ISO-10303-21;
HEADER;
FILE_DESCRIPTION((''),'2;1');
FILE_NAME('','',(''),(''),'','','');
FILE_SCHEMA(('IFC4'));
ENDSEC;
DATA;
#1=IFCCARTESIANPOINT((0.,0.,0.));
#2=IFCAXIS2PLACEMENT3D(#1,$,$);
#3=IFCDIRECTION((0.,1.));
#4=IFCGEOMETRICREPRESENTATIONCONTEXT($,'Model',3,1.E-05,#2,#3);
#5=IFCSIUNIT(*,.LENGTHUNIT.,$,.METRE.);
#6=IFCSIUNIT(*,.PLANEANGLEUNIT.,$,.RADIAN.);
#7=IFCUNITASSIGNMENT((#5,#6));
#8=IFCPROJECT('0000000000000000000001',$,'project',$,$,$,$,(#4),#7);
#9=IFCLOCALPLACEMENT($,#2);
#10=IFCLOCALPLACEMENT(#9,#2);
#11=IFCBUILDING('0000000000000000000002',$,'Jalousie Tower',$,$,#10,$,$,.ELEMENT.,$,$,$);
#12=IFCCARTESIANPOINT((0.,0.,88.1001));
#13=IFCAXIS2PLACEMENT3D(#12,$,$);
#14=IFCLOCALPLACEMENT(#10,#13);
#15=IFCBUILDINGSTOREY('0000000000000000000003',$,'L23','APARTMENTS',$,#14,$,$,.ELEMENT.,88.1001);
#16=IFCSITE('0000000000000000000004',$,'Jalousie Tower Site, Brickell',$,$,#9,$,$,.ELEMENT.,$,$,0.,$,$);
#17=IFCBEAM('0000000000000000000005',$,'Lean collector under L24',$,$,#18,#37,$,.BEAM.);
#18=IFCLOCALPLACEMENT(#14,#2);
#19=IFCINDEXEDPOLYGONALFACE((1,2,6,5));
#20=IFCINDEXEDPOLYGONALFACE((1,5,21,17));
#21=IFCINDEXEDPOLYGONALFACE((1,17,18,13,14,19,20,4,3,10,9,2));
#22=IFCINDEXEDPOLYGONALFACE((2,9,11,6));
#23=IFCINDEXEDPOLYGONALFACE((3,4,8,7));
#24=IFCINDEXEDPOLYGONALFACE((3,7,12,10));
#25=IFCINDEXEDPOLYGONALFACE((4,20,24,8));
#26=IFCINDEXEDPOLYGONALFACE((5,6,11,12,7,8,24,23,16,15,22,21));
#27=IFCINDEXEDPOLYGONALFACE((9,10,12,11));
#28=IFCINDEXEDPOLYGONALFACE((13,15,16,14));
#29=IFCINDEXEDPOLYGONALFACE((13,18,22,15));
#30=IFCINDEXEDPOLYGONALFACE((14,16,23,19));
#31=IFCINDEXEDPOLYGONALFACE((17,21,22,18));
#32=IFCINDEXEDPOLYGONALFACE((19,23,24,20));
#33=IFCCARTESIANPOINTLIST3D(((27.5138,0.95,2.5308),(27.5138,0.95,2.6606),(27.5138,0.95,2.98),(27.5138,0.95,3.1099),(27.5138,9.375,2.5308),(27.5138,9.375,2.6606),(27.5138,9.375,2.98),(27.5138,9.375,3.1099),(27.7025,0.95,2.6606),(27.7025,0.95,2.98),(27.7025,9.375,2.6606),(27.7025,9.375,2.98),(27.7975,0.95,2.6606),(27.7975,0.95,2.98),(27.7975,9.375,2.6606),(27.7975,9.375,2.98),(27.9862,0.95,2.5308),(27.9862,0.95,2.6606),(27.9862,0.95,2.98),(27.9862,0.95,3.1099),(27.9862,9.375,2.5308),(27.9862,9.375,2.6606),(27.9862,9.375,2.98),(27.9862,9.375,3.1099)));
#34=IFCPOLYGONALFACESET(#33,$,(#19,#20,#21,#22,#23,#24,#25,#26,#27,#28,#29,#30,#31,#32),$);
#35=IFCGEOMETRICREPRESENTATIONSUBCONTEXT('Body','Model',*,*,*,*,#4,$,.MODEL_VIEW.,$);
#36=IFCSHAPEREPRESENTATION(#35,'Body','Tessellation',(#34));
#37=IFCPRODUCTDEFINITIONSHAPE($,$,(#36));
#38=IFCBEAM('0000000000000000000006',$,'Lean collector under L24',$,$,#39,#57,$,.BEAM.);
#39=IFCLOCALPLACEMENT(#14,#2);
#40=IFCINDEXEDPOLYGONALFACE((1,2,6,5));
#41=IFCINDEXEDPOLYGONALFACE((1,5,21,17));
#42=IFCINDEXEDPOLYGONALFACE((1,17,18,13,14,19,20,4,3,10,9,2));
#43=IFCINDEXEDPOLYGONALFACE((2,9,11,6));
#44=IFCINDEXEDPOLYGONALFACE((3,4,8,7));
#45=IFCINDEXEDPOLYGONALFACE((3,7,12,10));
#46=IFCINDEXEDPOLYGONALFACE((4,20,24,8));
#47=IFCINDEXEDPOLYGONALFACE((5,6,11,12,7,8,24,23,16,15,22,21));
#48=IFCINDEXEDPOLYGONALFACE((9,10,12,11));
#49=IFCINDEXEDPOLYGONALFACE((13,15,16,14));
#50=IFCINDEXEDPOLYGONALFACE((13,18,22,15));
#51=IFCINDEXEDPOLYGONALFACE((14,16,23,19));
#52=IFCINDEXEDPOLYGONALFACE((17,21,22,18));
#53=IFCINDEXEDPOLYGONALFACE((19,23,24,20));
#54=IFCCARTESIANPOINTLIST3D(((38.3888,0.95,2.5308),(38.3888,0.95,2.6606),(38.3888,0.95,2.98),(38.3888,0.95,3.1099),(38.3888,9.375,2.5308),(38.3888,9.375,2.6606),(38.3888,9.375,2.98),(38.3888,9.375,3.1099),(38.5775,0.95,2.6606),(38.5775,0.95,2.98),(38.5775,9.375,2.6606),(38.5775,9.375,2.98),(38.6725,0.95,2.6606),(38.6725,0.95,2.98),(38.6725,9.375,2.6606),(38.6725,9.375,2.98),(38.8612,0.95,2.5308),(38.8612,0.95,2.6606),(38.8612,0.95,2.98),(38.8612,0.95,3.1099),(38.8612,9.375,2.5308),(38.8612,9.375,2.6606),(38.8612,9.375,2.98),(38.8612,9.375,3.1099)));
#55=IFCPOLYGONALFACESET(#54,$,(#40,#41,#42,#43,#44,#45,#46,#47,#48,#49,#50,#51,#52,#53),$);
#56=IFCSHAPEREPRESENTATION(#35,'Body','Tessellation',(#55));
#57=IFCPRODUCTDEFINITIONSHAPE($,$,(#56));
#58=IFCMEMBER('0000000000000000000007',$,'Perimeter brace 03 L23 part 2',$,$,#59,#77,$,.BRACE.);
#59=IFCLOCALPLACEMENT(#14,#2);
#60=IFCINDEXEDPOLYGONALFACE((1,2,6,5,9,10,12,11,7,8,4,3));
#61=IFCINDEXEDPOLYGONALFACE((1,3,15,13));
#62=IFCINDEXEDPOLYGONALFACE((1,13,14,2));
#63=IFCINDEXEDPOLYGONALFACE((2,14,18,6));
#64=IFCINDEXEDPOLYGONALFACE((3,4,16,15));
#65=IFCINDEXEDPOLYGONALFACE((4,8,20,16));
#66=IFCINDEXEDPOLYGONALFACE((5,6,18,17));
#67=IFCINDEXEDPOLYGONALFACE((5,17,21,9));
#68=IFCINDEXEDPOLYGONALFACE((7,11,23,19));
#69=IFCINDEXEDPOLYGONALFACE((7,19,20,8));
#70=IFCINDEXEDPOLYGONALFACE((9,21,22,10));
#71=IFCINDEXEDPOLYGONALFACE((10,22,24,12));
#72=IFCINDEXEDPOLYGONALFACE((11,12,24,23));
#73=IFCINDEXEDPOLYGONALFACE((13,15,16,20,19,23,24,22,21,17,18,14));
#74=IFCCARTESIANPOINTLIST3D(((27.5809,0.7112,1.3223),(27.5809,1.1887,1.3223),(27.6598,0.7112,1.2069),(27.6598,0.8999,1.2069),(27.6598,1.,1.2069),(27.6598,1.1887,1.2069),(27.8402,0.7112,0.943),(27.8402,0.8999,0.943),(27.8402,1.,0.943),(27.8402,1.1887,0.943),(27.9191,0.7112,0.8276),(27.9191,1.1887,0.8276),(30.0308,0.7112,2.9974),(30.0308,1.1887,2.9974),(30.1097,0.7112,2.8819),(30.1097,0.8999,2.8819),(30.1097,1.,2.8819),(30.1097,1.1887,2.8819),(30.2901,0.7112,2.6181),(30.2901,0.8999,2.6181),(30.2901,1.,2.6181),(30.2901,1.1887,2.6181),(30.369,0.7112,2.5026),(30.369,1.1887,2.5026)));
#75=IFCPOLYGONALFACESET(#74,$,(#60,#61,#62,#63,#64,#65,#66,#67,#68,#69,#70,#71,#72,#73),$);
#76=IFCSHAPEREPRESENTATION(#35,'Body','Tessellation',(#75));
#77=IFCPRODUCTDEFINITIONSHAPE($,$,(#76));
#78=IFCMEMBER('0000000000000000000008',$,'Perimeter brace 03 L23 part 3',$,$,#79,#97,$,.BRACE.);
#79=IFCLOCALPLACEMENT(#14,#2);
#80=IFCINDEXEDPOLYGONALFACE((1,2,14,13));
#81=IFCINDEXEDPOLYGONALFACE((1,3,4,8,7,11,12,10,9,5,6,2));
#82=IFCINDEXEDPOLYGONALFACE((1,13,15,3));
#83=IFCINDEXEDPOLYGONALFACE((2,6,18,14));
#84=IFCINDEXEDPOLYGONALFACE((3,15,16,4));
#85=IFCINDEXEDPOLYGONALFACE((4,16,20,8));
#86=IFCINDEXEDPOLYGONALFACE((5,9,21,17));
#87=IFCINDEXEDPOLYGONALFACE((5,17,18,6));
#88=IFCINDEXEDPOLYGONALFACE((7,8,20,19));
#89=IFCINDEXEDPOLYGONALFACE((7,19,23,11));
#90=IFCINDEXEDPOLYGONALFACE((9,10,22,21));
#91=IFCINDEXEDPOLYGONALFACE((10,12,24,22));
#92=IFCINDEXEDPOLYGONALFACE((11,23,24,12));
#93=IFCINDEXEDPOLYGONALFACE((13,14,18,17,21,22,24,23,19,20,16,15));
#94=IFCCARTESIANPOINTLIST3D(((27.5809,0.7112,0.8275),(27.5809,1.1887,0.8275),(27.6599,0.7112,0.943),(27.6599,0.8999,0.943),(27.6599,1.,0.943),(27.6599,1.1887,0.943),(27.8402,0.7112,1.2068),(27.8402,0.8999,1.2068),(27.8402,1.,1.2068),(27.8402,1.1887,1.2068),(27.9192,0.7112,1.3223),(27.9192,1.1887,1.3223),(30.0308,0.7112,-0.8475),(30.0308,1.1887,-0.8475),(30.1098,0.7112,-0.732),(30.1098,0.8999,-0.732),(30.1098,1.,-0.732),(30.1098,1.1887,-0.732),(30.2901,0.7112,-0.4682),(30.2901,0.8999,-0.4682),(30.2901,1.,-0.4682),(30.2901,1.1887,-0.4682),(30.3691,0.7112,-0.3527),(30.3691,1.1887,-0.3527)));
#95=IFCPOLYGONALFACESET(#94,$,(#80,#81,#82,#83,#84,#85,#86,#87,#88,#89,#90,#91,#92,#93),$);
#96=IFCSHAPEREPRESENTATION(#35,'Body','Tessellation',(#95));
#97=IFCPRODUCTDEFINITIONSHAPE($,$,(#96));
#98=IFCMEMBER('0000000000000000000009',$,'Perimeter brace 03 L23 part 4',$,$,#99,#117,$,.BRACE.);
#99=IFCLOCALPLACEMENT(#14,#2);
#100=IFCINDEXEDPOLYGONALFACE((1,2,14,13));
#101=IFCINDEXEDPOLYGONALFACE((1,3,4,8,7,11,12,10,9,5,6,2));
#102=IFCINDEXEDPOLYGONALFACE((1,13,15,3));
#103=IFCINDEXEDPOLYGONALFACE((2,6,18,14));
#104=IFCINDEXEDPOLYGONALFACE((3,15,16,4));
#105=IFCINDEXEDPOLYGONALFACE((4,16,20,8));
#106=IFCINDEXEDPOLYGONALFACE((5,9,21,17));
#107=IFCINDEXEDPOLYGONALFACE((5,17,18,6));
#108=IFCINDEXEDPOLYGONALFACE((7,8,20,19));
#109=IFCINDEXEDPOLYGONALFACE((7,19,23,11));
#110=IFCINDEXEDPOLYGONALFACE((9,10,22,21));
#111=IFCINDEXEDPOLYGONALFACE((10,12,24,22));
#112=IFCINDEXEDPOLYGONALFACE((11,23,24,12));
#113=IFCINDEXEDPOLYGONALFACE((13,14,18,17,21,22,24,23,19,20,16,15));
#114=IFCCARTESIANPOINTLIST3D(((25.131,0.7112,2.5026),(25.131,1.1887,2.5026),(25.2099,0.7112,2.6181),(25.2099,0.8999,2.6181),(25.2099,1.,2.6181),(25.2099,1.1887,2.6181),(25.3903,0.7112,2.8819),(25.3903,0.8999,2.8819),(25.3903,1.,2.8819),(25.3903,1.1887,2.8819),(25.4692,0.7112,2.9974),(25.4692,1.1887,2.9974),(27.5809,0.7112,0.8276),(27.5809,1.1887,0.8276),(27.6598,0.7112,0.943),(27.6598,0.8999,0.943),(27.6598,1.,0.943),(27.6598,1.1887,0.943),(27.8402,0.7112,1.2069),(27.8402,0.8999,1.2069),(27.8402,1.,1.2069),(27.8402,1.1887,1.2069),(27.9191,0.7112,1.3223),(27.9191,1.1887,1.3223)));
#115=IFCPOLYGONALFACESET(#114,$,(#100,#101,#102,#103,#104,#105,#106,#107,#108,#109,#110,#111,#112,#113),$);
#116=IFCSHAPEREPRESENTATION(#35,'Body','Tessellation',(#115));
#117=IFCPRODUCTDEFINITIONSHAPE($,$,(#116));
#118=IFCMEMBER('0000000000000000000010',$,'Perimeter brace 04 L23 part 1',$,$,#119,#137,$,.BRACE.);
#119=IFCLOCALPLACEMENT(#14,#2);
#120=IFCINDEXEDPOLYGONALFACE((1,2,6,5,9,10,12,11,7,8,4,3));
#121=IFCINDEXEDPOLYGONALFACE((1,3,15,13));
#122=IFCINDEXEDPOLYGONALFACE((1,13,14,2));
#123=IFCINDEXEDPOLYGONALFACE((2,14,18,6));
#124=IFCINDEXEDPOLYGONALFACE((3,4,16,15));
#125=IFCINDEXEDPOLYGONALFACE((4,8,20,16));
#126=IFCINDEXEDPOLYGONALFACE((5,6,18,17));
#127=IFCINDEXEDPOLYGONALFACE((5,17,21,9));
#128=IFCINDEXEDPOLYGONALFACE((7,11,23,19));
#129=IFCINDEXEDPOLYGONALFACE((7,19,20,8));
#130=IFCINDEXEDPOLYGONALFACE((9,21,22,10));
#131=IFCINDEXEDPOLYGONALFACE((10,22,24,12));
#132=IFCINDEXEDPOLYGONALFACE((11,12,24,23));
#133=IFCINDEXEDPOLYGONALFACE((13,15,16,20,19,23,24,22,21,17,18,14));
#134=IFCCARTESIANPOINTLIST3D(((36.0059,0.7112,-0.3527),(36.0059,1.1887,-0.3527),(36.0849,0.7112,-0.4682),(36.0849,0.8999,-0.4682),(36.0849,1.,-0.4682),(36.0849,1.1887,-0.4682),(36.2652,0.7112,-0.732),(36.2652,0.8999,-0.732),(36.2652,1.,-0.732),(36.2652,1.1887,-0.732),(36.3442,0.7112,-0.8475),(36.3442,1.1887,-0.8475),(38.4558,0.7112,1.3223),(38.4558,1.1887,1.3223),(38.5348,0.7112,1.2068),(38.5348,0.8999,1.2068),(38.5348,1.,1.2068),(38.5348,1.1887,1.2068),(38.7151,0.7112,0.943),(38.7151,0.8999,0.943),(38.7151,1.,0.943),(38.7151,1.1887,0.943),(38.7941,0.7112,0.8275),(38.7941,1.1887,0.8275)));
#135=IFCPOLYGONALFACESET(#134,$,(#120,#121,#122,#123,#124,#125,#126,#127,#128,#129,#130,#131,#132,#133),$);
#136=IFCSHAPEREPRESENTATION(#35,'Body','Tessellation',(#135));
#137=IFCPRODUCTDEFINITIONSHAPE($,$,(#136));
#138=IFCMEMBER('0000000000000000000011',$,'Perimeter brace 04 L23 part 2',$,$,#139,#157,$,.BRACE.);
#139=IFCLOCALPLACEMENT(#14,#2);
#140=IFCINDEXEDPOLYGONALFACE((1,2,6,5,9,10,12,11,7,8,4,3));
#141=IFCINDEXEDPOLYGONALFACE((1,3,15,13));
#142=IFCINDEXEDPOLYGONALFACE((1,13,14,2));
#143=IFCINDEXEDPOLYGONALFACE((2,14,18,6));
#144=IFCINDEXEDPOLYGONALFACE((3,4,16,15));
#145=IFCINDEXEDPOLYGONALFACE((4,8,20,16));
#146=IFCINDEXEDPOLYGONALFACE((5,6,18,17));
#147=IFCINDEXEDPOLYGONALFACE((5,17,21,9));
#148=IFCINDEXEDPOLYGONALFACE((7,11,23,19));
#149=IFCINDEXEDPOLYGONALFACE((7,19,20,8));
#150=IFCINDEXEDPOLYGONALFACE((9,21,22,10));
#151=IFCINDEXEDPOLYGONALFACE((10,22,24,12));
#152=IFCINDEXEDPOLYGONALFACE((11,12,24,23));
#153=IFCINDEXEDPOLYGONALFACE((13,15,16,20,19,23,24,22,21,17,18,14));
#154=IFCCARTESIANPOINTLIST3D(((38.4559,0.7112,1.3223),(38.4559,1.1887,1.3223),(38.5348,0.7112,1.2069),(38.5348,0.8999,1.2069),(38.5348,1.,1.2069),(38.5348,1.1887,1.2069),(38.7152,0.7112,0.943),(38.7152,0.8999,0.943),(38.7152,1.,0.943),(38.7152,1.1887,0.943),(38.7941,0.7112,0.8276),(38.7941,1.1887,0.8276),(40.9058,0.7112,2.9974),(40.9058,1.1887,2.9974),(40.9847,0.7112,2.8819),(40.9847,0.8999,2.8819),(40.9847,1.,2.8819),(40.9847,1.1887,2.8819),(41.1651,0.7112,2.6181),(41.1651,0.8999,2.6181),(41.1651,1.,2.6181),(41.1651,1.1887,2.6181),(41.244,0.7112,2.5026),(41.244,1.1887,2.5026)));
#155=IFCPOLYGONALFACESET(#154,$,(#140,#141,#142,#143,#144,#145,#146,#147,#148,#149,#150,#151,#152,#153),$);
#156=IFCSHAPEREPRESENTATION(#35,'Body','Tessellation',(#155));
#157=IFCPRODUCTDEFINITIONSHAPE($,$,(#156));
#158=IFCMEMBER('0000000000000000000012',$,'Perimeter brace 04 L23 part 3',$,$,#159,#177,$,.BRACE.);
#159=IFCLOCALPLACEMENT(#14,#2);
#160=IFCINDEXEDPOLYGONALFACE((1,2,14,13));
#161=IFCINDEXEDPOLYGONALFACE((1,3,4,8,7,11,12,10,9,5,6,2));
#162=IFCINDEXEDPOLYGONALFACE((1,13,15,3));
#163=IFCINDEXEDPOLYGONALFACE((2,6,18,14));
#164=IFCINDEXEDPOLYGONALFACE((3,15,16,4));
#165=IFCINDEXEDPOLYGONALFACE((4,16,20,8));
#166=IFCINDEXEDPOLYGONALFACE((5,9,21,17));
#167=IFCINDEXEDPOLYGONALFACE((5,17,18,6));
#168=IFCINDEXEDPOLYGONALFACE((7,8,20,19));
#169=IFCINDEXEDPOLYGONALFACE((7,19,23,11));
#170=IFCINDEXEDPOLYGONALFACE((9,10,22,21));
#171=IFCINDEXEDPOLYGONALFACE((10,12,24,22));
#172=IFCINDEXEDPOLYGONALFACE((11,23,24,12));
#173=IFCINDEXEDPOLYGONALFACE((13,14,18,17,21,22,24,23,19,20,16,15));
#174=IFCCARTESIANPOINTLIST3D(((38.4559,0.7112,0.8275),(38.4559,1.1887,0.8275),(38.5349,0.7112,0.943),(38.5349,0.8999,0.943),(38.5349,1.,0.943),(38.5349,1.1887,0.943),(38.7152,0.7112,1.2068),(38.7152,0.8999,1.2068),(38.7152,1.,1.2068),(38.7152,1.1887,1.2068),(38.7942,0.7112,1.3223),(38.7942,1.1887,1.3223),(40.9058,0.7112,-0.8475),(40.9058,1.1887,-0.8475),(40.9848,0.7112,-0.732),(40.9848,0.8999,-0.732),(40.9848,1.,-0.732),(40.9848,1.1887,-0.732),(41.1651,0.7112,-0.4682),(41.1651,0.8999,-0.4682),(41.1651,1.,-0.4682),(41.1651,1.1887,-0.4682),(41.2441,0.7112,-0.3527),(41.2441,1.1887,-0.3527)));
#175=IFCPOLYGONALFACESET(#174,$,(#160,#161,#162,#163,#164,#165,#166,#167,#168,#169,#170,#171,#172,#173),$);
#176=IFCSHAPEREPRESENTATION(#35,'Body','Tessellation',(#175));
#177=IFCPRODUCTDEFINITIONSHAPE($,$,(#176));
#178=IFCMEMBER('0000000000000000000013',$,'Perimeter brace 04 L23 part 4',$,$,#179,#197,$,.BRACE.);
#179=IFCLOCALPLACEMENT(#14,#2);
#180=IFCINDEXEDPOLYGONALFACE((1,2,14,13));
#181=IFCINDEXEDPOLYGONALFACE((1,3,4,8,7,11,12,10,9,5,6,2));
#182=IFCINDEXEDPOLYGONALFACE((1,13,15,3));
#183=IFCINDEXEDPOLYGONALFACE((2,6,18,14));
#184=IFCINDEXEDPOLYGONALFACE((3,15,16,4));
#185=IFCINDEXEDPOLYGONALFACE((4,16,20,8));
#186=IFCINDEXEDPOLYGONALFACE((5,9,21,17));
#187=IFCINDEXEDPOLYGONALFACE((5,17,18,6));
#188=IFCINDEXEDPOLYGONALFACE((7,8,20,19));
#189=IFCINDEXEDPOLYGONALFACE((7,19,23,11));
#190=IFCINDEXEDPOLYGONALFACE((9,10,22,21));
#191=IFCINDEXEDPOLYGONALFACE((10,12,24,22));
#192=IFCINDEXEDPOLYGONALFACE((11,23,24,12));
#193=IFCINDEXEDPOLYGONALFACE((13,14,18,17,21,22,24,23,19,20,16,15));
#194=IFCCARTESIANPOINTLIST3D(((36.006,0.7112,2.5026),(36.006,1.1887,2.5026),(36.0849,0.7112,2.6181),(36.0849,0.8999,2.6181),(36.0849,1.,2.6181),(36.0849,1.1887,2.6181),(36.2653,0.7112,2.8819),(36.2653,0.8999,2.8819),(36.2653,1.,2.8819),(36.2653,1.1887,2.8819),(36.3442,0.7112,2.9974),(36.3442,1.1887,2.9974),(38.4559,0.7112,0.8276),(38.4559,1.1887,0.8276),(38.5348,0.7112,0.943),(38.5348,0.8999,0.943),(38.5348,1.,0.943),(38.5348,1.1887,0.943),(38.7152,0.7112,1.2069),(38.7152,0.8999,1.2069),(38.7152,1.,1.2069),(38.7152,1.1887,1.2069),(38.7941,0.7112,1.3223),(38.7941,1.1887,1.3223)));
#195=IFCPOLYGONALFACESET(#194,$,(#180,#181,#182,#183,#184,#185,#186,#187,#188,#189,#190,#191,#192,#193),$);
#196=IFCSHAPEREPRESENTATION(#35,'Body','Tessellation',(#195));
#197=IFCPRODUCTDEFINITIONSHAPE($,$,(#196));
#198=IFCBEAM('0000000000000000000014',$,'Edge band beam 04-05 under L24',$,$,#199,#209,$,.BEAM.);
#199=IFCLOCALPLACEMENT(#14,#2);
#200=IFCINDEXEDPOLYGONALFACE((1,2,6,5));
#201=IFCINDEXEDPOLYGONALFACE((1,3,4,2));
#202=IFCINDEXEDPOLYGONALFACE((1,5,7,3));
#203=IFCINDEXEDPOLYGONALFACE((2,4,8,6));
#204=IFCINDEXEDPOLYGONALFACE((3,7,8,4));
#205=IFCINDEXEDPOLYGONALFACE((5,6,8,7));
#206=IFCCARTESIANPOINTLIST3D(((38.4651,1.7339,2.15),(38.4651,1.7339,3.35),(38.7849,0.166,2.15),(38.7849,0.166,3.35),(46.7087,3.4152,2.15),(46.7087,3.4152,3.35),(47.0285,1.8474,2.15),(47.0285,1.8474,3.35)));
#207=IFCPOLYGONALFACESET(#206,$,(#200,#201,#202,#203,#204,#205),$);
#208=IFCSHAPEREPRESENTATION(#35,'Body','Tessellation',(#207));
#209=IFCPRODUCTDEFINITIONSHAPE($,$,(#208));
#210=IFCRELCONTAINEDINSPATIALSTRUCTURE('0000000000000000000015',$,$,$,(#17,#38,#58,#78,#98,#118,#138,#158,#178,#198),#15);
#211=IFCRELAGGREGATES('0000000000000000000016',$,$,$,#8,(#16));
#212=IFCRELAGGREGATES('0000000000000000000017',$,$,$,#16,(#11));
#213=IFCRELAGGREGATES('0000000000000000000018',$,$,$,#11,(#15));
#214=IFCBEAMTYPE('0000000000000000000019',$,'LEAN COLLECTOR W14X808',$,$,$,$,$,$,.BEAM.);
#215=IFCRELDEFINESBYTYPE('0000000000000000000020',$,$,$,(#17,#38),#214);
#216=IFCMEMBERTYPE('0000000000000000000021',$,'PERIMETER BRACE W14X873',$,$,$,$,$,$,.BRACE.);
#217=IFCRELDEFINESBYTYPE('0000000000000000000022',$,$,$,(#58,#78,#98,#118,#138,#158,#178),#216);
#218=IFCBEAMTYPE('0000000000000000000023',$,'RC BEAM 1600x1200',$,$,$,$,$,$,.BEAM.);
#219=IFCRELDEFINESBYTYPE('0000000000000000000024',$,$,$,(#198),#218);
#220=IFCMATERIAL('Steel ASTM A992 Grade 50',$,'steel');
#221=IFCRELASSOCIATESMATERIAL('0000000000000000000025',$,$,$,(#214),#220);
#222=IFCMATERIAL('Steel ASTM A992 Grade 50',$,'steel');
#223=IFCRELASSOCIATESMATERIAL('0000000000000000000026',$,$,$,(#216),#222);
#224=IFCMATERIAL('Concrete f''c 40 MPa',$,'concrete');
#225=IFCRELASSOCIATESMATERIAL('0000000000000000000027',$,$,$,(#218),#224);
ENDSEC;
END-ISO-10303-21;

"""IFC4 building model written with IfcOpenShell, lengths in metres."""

from ifc_helpers import new_model, si_unit, direction, frame, origin, origin_2d, place, context, subcontext, project, spatial, rectangle, i_section, extrude, material, material_profile, profile_set, type_object, element, save


model = new_model("IFC4")

# Units and contexts
model_context = context("Model", 3, precision=1e-05, world=origin(), true_north=direction((0.0, 1.0)))
body_context = subcontext(model_context, "Body", "Model", "MODEL_VIEW")
ifc_project = project(units=[si_unit("LENGTHUNIT", "METRE"), si_unit("PLANEANGLEUNIT", "RADIAN")], contexts=[model_context])

# Site, building, storey
site_placement = place(None, origin())
site = spatial("IfcSite", under=ifc_project, at=site_placement, Name="Jalousie Tower Site, Brickell", CompositionType="ELEMENT", RefElevation=0.0)
building_placement = place(site_placement, origin())
building = spatial("IfcBuilding", under=site, at=building_placement, Name="Jalousie Tower", CompositionType="ELEMENT")
storey_placement = place(building_placement, frame((0.0, 0.0, 88.1001)))
storey = spatial("IfcBuildingStorey", under=building, at=storey_placement, Name="L23", Description="APARTMENTS", CompositionType="ELEMENT", Elevation=88.1001)

# Beams
ifc_material_1 = material(Name="Steel ASTM A992 Grade 50", Category="steel")
ifc_material_profile_1 = material_profile(ifc_material_1, i_section(OverallWidth=0.4724, OverallDepth=0.5791, WebThickness=0.095, FlangeThickness=0.1299, at=origin_2d()), Name="W14X808")
ifc_profile_set_1 = profile_set([ifc_material_profile_1], Name="Steel ASTM A992 Grade 50")
beam_type_1 = type_object("IfcBeamType", Name="LEAN COLLECTOR W14X808", PredefinedType="BEAM", material=ifc_profile_set_1)
for number, where, z_axis, x_axis, name in (
    (1, (27.75, 0.95, 2.8203), (0.0, 1.0, 0.0), (-1.0, 0.0, 0.0), "Lean collector under L24"),
    (2, (38.625, 0.95, 2.8203), (0.0, 1.0, 0.0), (-1.0, 0.0, 0.0), "Lean collector under L24"),
):
    element("IfcBeam", number, at=place(storey_placement, frame(where, z_axis=z_axis, x_axis=x_axis)), inside=storey, type_object=beam_type_1, Name=name, PredefinedType="BEAM", context=body_context, shape_type="SweptSolid", body=[
        extrude(i_section(OverallWidth=0.4724, OverallDepth=0.5791, WebThickness=0.095, FlangeThickness=0.1299, at=origin_2d()), origin(), (0.0, 0.0, 1.0), 8.425),
    ])

# Members
ifc_material_2 = material(Name="Steel ASTM A992 Grade 50", Category="steel")
ifc_material_profile_2 = material_profile(ifc_material_2, i_section(OverallWidth=0.4775, OverallDepth=0.5994, WebThickness=0.1001, FlangeThickness=0.1399, at=origin_2d()), Name="W14X873")
ifc_profile_set_2 = profile_set([ifc_material_profile_2], Name="Steel ASTM A992 Grade 50")
member_type_1 = type_object("IfcMemberType", Name="PERIMETER BRACE W14X873", PredefinedType="BRACE", material=ifc_profile_set_2)
for number, where, z_axis, x_axis, name in (
    (3, (27.75, 0.95, 1.075), (0.825501, 0.0, 0.564401), (0.0, 1.0, 0.0), "Perimeter brace 03 L23 part 2"),
    (4, (30.2, 0.95, -0.6001), (-0.825501, 0.0, 0.564401), (0.0, -1.0, 0.0), "Perimeter brace 03 L23 part 3"),
    (5, (27.75, 0.95, 1.075), (-0.825501, 0.0, 0.564401), (0.0, -1.0, 0.0), "Perimeter brace 03 L23 part 4"),
    (6, (36.175, 0.95, -0.6001), (0.825501, 0.0, 0.564401), (0.0, 1.0, 0.0), "Perimeter brace 04 L23 part 1"),
    (7, (38.625, 0.95, 1.075), (0.825501, 0.0, 0.564401), (0.0, 1.0, 0.0), "Perimeter brace 04 L23 part 2"),
    (8, (41.075, 0.95, -0.6001), (-0.825501, 0.0, 0.564401), (0.0, -1.0, 0.0), "Perimeter brace 04 L23 part 3"),
    (9, (38.625, 0.95, 1.075), (-0.825501, 0.0, 0.564401), (0.0, -1.0, 0.0), "Perimeter brace 04 L23 part 4"),
):
    element("IfcMember", number, at=place(storey_placement, frame(where, z_axis=z_axis, x_axis=x_axis)), inside=storey, type_object=member_type_1, Name=name, PredefinedType="BRACE", context=body_context, shape_type="SweptSolid", body=[
        extrude(i_section(OverallWidth=0.4775, OverallDepth=0.5994, WebThickness=0.1001, FlangeThickness=0.1399, at=origin_2d()), origin(), (0.0, 0.0, 1.0), 2.9678),
    ])

# Beam
ifc_material_3 = material(Name="Concrete f'c 40 MPa", Category="concrete")
ifc_material_profile_3 = material_profile(ifc_material_3, rectangle(XDim=1.6001, YDim=1.2, at=origin_2d()), Name="RC 1600x1200")
ifc_profile_set_3 = profile_set([ifc_material_profile_3], Name="Concrete f'c 40 MPa")
beam_type_2 = type_object("IfcBeamType", Name="RC BEAM 1600x1200", PredefinedType="BEAM", material=ifc_profile_set_3)
beam_placement = place(storey_placement, frame((38.625, 0.95, 2.75), z_axis=(0.979827, 0.199848, 0.0), x_axis=(-0.199848, 0.979827, 0.0)))
element("IfcBeam", 10, at=beam_placement, inside=storey, type_object=beam_type_2, Name="Edge band beam 04-05 under L24", PredefinedType="BEAM", context=body_context, shape_type="SweptSolid", body=[
    extrude(rectangle(XDim=1.6001, YDim=1.2, at=origin_2d()), origin(), (0.0, 0.0, 1.0), 8.4133),
])

save(model, "model.ifc")
